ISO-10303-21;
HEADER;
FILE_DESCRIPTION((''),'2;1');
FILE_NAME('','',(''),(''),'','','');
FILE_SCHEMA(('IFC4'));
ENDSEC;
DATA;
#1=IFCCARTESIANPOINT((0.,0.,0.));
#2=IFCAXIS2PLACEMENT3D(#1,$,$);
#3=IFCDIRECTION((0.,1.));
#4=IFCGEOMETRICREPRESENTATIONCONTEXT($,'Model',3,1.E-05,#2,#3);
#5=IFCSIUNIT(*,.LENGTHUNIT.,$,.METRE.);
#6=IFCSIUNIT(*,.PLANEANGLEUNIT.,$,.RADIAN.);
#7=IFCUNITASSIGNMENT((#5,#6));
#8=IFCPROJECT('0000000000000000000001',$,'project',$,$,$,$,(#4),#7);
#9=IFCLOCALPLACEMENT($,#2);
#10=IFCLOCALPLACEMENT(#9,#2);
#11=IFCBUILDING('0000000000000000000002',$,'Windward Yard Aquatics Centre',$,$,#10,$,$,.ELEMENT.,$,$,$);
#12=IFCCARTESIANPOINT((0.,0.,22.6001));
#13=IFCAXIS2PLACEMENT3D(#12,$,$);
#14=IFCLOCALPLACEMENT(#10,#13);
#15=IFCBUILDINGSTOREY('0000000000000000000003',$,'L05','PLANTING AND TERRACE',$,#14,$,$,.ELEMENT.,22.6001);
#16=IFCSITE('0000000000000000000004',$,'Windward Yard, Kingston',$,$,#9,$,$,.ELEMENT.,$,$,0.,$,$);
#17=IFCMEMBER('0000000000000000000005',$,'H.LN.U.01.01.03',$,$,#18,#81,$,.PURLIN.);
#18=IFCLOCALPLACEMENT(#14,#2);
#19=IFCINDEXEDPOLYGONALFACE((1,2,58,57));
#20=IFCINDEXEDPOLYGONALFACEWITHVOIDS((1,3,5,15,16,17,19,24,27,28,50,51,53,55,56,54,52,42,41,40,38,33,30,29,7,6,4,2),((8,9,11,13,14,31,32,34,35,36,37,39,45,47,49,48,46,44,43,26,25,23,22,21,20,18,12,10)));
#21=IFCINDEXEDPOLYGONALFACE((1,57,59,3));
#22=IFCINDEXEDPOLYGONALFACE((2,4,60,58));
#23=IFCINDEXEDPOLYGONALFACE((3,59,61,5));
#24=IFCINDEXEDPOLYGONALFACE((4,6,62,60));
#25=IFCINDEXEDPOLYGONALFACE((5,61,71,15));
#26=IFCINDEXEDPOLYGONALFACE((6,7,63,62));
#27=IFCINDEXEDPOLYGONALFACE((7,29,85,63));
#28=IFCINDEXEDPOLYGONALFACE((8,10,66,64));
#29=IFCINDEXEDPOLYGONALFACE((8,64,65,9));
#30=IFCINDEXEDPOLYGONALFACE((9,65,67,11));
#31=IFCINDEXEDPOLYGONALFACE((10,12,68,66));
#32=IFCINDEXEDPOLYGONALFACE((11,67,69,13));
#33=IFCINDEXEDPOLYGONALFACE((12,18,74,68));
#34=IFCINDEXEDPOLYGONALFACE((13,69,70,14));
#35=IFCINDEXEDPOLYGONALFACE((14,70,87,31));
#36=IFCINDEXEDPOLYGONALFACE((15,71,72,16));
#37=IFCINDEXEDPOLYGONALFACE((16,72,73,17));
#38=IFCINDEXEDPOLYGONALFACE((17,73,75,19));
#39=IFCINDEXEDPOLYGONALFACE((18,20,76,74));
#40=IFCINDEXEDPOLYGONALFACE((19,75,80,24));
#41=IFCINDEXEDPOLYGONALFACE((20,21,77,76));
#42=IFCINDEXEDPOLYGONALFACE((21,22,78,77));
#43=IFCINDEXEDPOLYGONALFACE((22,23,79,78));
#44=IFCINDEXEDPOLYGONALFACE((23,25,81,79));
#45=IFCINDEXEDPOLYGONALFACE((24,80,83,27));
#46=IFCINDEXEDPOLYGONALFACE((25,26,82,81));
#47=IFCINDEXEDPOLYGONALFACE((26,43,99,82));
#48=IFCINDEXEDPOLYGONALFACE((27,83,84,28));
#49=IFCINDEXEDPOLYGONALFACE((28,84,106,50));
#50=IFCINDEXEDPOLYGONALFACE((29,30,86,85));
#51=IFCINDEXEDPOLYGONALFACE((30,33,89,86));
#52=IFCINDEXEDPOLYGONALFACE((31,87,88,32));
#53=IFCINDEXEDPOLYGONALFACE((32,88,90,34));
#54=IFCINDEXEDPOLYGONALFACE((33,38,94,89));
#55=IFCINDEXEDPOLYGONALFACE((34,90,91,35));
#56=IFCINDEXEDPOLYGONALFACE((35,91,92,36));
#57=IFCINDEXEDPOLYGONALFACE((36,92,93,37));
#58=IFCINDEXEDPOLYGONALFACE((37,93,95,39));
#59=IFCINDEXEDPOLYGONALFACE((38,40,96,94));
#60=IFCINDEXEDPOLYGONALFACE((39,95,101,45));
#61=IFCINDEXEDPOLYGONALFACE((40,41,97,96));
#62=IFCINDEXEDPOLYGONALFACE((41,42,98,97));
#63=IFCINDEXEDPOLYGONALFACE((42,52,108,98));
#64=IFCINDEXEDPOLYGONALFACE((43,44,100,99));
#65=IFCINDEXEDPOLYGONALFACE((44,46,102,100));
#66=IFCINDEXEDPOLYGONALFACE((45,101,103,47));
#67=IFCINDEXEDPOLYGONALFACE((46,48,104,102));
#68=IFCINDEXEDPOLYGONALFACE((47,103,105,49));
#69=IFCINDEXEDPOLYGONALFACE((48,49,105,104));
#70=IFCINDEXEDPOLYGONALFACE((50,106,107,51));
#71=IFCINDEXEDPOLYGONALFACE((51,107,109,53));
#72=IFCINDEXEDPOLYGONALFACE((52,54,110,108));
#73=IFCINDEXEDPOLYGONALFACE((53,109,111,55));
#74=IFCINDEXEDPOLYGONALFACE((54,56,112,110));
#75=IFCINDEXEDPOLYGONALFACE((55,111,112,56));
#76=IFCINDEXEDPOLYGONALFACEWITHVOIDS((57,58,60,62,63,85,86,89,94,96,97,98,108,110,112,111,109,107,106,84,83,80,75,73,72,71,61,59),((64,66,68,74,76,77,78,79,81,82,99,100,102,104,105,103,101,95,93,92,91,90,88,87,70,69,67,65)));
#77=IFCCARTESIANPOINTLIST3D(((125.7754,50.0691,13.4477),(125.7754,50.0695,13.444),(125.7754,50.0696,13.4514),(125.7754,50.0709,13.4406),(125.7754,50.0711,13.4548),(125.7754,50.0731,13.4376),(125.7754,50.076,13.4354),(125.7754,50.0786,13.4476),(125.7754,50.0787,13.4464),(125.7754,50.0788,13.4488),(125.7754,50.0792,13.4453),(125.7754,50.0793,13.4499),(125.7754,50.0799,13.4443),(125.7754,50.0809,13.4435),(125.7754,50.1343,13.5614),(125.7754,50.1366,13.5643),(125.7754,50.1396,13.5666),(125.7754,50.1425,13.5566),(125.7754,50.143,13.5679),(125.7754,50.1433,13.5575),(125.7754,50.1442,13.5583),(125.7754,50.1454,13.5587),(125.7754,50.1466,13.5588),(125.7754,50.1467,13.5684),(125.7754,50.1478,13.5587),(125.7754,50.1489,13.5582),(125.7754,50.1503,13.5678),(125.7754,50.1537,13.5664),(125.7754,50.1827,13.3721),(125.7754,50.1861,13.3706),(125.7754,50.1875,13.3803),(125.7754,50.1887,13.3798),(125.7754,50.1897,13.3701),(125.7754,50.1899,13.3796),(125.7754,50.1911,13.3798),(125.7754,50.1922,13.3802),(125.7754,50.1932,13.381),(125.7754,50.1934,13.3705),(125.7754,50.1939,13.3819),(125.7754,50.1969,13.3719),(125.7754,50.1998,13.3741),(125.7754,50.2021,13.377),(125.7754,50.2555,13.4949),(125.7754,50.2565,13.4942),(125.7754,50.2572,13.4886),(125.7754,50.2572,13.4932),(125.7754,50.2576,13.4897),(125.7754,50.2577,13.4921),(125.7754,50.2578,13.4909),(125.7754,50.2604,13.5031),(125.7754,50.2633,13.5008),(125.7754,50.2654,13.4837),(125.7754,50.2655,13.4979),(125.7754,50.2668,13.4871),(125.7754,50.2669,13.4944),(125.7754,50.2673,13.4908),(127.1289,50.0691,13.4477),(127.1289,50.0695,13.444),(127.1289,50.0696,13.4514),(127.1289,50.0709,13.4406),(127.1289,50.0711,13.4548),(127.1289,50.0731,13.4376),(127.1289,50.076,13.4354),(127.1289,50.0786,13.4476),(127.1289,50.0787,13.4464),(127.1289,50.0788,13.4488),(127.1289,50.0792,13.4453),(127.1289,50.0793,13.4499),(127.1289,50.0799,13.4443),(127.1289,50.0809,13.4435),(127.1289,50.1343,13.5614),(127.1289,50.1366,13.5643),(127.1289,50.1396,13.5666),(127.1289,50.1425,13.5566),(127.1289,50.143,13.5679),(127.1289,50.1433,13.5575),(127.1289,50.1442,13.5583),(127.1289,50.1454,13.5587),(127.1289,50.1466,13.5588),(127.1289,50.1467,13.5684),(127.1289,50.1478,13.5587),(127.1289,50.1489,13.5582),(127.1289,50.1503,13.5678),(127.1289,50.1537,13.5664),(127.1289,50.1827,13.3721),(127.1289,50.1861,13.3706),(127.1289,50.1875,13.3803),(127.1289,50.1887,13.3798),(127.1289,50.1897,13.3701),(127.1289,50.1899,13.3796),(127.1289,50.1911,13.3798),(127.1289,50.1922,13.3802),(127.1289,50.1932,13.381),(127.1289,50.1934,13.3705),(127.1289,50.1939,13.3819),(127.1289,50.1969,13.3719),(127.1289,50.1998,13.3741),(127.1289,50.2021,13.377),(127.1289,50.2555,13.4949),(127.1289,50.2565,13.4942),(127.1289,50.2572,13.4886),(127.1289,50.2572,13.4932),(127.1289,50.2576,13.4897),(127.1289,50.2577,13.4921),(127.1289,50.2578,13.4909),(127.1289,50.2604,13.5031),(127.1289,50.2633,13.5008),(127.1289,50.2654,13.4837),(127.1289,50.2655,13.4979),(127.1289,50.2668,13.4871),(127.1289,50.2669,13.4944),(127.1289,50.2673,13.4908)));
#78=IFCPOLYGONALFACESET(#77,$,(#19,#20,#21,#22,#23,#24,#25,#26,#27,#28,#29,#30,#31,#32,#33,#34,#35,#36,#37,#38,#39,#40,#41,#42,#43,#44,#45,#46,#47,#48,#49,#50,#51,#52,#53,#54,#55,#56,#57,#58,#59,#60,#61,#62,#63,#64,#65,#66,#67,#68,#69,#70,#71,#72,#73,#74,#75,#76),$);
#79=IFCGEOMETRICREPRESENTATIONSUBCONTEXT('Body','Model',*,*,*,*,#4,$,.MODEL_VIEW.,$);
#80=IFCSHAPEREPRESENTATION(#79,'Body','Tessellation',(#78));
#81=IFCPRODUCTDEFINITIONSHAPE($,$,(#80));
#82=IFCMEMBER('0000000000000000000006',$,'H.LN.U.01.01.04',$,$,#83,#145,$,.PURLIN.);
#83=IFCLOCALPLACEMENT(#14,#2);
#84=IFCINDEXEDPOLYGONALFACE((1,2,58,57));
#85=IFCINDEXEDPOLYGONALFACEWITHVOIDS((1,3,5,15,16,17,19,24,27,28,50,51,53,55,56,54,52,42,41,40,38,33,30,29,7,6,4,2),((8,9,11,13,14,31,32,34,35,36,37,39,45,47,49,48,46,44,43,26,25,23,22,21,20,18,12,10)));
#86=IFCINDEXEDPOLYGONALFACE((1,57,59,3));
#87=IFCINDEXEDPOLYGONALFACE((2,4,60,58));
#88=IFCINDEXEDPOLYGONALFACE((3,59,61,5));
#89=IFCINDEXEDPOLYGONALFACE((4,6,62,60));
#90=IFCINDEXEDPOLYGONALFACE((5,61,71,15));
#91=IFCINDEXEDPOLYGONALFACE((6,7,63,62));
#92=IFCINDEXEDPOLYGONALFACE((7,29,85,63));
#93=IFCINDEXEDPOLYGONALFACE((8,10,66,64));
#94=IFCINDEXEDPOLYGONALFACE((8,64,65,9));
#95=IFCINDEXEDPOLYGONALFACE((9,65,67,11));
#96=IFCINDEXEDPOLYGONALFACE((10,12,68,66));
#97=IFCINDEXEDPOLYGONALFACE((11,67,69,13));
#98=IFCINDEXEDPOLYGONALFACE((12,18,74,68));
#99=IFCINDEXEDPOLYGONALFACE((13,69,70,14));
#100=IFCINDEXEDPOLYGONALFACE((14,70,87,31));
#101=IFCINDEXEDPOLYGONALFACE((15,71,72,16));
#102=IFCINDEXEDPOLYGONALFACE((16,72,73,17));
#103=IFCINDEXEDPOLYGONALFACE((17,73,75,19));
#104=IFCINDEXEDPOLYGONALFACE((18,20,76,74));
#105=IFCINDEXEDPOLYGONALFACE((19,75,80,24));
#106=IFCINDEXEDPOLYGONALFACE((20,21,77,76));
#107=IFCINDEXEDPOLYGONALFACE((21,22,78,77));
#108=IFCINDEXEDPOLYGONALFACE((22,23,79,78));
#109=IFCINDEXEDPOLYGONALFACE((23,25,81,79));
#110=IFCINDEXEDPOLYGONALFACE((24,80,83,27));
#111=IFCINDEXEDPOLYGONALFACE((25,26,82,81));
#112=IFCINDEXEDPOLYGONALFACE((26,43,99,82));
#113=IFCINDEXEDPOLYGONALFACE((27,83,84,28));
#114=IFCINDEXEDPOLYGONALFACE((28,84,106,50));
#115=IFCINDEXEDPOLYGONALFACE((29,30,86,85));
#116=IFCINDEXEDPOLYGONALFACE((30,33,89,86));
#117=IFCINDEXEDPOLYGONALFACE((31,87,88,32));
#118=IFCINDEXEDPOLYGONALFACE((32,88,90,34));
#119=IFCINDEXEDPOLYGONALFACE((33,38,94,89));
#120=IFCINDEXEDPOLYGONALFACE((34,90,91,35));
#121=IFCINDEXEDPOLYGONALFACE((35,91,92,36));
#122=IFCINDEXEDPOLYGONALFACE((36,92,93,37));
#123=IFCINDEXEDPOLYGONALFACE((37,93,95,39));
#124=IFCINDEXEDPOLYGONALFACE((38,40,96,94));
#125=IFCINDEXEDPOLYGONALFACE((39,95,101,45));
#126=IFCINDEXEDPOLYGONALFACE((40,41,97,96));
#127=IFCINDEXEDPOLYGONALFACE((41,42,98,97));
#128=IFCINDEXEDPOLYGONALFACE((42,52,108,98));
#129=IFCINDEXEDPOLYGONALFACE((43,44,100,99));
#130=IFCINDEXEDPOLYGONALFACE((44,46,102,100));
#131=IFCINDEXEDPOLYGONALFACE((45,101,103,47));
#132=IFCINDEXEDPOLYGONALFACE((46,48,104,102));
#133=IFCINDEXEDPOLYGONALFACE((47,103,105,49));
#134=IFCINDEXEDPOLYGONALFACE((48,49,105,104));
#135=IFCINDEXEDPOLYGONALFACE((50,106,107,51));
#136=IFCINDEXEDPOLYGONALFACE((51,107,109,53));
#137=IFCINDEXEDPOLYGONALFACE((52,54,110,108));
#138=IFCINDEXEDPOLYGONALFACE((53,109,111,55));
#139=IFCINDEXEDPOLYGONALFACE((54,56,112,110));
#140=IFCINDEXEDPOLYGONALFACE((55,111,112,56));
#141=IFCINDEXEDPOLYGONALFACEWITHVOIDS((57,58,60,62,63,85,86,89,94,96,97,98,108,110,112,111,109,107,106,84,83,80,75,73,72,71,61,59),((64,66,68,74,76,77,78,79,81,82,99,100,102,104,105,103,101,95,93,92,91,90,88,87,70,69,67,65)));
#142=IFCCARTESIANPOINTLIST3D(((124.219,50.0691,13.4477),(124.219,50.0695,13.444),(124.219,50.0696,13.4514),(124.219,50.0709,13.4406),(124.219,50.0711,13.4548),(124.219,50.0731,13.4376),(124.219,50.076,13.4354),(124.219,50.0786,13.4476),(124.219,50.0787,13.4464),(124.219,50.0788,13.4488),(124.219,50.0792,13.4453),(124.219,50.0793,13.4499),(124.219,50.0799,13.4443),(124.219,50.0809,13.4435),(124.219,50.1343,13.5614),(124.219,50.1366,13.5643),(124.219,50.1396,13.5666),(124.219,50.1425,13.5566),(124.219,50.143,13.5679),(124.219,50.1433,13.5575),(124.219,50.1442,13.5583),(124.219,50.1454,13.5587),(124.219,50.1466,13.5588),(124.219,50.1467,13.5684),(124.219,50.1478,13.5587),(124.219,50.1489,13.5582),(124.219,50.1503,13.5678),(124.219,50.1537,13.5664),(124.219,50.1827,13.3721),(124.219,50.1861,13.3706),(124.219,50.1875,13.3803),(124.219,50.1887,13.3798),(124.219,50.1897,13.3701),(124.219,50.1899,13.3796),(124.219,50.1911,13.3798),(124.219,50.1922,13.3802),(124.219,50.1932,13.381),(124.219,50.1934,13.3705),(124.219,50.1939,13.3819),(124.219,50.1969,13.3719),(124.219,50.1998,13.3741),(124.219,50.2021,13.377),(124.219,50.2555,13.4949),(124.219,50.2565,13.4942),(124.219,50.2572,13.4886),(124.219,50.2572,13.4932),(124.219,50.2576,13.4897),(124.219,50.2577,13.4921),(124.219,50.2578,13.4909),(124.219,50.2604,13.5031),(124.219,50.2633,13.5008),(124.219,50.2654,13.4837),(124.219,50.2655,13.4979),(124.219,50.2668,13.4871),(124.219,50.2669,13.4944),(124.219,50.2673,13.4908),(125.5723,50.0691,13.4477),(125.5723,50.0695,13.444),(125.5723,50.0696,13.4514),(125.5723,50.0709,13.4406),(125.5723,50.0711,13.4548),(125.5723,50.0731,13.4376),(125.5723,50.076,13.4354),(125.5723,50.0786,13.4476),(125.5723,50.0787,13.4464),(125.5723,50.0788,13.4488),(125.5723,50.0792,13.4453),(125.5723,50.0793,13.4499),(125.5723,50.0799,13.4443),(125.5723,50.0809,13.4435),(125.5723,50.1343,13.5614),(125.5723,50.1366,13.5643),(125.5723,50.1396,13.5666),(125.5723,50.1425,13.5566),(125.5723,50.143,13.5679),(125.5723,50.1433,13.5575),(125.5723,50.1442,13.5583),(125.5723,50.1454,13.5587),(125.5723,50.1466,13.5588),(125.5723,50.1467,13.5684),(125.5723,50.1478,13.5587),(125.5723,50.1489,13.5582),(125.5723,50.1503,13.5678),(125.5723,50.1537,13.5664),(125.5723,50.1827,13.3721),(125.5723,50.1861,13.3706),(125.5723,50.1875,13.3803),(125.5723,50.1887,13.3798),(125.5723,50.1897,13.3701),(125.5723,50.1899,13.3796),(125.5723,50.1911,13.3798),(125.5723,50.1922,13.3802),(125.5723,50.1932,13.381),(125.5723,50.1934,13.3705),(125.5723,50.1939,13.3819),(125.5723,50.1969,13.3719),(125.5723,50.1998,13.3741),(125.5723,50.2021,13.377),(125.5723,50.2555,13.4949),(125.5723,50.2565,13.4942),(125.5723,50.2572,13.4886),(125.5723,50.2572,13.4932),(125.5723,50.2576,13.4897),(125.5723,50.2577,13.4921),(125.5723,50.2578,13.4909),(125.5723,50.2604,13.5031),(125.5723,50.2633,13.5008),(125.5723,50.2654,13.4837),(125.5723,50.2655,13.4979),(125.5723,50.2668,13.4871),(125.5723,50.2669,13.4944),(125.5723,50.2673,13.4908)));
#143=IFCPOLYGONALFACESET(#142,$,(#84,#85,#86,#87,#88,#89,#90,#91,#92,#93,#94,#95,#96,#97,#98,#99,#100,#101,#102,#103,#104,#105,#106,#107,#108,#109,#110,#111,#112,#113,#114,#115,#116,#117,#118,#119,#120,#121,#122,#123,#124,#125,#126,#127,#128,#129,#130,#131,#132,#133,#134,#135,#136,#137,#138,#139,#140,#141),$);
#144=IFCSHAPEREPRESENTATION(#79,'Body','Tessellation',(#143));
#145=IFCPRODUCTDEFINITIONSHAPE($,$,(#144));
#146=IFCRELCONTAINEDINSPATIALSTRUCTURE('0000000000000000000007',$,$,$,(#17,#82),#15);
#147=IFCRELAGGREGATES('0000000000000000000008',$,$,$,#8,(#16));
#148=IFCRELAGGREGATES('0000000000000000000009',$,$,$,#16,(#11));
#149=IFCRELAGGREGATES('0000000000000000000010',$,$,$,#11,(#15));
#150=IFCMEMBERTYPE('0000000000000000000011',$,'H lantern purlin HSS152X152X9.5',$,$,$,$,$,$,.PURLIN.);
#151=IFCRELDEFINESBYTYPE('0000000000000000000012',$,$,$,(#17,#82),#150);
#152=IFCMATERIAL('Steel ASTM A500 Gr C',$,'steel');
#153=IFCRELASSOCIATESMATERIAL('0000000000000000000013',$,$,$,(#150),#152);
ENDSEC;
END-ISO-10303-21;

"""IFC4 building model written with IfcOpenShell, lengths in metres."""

from ifc_helpers import new_model, si_unit, direction, frame, origin, origin_2d, place, context, subcontext, project, spatial, hollow_rectangle, extrude, material, material_profile, profile_set, type_object, element, save


model = new_model("IFC4")

# Units and contexts
model_context = context("Model", 3, precision=1e-05, world=origin(), true_north=direction((0.0, 1.0)))
body_context = subcontext(model_context, "Body", "Model", "MODEL_VIEW")
ifc_project = project(units=[si_unit("LENGTHUNIT", "METRE"), si_unit("PLANEANGLEUNIT", "RADIAN")], contexts=[model_context])

# Site, building, storey
site_placement = place(None, origin())
site = spatial("IfcSite", under=ifc_project, at=site_placement, Name="Windward Yard, Kingston", CompositionType="ELEMENT", RefElevation=0.0)
building_placement = place(site_placement, origin())
building = spatial("IfcBuilding", under=site, at=building_placement, Name="Windward Yard Aquatics Centre", CompositionType="ELEMENT")
storey_placement = place(building_placement, frame((0.0, 0.0, 22.6001)))
storey = spatial("IfcBuildingStorey", under=building, at=storey_placement, Name="L05", Description="PLANTING AND TERRACE", CompositionType="ELEMENT", Elevation=22.6001)

# Members
ifc_material_1 = material(Name="Steel ASTM A500 Gr C", Category="steel")
ifc_material_profile_1 = material_profile(ifc_material_1, hollow_rectangle(XDim=0.1523, YDim=0.1523, WallThickness=0.0095, InnerFilletRadius=0.0046, OuterFilletRadius=0.0142, at=origin_2d()), Name="HSS152X152X9.5")
ifc_profile_set_1 = profile_set([ifc_material_profile_1], Name="Steel ASTM A500 Gr C")
member_type_1 = type_object("IfcMemberType", Name="H lantern purlin HSS152X152X9.5", PredefinedType="PURLIN", material=ifc_profile_set_1)
member_1_placement = place(storey_placement, frame((127.1289, 50.1682, 13.4692), z_axis=(-1.0, 0.0, 0.0), x_axis=(0.0, -0.51012, -0.860103)))
element("IfcMember", 1, at=member_1_placement, inside=storey, type_object=member_type_1, Name="H.LN.U.01.01.03", PredefinedType="PURLIN", context=body_context, shape_type="SweptSolid", body=[
    extrude(hollow_rectangle(XDim=0.1523, YDim=0.1523, WallThickness=0.0095, InnerFilletRadius=0.0046, OuterFilletRadius=0.0142, at=origin_2d()), origin(), (0.0, 0.0, 1.0), 1.3535),
])
for number, where, z_axis, x_axis, name in (
    (2, (125.5723, 50.1682, 13.4692), (-1.0, 0.0, 0.0), (0.0, -0.51012, -0.860103), "H.LN.U.01.01.04"),
):
    element("IfcMember", number, at=place(storey_placement, frame(where, z_axis=z_axis, x_axis=x_axis)), inside=storey, type_object=member_type_1, Name=name, PredefinedType="PURLIN", context=body_context, shape_type="SweptSolid", body=[
        extrude(hollow_rectangle(XDim=0.1523, YDim=0.1523, WallThickness=0.0095, InnerFilletRadius=0.0046, OuterFilletRadius=0.0142, at=origin_2d()), origin(), (0.0, 0.0, 1.0), 1.3533),
    ])

save(model, "model.ifc")
